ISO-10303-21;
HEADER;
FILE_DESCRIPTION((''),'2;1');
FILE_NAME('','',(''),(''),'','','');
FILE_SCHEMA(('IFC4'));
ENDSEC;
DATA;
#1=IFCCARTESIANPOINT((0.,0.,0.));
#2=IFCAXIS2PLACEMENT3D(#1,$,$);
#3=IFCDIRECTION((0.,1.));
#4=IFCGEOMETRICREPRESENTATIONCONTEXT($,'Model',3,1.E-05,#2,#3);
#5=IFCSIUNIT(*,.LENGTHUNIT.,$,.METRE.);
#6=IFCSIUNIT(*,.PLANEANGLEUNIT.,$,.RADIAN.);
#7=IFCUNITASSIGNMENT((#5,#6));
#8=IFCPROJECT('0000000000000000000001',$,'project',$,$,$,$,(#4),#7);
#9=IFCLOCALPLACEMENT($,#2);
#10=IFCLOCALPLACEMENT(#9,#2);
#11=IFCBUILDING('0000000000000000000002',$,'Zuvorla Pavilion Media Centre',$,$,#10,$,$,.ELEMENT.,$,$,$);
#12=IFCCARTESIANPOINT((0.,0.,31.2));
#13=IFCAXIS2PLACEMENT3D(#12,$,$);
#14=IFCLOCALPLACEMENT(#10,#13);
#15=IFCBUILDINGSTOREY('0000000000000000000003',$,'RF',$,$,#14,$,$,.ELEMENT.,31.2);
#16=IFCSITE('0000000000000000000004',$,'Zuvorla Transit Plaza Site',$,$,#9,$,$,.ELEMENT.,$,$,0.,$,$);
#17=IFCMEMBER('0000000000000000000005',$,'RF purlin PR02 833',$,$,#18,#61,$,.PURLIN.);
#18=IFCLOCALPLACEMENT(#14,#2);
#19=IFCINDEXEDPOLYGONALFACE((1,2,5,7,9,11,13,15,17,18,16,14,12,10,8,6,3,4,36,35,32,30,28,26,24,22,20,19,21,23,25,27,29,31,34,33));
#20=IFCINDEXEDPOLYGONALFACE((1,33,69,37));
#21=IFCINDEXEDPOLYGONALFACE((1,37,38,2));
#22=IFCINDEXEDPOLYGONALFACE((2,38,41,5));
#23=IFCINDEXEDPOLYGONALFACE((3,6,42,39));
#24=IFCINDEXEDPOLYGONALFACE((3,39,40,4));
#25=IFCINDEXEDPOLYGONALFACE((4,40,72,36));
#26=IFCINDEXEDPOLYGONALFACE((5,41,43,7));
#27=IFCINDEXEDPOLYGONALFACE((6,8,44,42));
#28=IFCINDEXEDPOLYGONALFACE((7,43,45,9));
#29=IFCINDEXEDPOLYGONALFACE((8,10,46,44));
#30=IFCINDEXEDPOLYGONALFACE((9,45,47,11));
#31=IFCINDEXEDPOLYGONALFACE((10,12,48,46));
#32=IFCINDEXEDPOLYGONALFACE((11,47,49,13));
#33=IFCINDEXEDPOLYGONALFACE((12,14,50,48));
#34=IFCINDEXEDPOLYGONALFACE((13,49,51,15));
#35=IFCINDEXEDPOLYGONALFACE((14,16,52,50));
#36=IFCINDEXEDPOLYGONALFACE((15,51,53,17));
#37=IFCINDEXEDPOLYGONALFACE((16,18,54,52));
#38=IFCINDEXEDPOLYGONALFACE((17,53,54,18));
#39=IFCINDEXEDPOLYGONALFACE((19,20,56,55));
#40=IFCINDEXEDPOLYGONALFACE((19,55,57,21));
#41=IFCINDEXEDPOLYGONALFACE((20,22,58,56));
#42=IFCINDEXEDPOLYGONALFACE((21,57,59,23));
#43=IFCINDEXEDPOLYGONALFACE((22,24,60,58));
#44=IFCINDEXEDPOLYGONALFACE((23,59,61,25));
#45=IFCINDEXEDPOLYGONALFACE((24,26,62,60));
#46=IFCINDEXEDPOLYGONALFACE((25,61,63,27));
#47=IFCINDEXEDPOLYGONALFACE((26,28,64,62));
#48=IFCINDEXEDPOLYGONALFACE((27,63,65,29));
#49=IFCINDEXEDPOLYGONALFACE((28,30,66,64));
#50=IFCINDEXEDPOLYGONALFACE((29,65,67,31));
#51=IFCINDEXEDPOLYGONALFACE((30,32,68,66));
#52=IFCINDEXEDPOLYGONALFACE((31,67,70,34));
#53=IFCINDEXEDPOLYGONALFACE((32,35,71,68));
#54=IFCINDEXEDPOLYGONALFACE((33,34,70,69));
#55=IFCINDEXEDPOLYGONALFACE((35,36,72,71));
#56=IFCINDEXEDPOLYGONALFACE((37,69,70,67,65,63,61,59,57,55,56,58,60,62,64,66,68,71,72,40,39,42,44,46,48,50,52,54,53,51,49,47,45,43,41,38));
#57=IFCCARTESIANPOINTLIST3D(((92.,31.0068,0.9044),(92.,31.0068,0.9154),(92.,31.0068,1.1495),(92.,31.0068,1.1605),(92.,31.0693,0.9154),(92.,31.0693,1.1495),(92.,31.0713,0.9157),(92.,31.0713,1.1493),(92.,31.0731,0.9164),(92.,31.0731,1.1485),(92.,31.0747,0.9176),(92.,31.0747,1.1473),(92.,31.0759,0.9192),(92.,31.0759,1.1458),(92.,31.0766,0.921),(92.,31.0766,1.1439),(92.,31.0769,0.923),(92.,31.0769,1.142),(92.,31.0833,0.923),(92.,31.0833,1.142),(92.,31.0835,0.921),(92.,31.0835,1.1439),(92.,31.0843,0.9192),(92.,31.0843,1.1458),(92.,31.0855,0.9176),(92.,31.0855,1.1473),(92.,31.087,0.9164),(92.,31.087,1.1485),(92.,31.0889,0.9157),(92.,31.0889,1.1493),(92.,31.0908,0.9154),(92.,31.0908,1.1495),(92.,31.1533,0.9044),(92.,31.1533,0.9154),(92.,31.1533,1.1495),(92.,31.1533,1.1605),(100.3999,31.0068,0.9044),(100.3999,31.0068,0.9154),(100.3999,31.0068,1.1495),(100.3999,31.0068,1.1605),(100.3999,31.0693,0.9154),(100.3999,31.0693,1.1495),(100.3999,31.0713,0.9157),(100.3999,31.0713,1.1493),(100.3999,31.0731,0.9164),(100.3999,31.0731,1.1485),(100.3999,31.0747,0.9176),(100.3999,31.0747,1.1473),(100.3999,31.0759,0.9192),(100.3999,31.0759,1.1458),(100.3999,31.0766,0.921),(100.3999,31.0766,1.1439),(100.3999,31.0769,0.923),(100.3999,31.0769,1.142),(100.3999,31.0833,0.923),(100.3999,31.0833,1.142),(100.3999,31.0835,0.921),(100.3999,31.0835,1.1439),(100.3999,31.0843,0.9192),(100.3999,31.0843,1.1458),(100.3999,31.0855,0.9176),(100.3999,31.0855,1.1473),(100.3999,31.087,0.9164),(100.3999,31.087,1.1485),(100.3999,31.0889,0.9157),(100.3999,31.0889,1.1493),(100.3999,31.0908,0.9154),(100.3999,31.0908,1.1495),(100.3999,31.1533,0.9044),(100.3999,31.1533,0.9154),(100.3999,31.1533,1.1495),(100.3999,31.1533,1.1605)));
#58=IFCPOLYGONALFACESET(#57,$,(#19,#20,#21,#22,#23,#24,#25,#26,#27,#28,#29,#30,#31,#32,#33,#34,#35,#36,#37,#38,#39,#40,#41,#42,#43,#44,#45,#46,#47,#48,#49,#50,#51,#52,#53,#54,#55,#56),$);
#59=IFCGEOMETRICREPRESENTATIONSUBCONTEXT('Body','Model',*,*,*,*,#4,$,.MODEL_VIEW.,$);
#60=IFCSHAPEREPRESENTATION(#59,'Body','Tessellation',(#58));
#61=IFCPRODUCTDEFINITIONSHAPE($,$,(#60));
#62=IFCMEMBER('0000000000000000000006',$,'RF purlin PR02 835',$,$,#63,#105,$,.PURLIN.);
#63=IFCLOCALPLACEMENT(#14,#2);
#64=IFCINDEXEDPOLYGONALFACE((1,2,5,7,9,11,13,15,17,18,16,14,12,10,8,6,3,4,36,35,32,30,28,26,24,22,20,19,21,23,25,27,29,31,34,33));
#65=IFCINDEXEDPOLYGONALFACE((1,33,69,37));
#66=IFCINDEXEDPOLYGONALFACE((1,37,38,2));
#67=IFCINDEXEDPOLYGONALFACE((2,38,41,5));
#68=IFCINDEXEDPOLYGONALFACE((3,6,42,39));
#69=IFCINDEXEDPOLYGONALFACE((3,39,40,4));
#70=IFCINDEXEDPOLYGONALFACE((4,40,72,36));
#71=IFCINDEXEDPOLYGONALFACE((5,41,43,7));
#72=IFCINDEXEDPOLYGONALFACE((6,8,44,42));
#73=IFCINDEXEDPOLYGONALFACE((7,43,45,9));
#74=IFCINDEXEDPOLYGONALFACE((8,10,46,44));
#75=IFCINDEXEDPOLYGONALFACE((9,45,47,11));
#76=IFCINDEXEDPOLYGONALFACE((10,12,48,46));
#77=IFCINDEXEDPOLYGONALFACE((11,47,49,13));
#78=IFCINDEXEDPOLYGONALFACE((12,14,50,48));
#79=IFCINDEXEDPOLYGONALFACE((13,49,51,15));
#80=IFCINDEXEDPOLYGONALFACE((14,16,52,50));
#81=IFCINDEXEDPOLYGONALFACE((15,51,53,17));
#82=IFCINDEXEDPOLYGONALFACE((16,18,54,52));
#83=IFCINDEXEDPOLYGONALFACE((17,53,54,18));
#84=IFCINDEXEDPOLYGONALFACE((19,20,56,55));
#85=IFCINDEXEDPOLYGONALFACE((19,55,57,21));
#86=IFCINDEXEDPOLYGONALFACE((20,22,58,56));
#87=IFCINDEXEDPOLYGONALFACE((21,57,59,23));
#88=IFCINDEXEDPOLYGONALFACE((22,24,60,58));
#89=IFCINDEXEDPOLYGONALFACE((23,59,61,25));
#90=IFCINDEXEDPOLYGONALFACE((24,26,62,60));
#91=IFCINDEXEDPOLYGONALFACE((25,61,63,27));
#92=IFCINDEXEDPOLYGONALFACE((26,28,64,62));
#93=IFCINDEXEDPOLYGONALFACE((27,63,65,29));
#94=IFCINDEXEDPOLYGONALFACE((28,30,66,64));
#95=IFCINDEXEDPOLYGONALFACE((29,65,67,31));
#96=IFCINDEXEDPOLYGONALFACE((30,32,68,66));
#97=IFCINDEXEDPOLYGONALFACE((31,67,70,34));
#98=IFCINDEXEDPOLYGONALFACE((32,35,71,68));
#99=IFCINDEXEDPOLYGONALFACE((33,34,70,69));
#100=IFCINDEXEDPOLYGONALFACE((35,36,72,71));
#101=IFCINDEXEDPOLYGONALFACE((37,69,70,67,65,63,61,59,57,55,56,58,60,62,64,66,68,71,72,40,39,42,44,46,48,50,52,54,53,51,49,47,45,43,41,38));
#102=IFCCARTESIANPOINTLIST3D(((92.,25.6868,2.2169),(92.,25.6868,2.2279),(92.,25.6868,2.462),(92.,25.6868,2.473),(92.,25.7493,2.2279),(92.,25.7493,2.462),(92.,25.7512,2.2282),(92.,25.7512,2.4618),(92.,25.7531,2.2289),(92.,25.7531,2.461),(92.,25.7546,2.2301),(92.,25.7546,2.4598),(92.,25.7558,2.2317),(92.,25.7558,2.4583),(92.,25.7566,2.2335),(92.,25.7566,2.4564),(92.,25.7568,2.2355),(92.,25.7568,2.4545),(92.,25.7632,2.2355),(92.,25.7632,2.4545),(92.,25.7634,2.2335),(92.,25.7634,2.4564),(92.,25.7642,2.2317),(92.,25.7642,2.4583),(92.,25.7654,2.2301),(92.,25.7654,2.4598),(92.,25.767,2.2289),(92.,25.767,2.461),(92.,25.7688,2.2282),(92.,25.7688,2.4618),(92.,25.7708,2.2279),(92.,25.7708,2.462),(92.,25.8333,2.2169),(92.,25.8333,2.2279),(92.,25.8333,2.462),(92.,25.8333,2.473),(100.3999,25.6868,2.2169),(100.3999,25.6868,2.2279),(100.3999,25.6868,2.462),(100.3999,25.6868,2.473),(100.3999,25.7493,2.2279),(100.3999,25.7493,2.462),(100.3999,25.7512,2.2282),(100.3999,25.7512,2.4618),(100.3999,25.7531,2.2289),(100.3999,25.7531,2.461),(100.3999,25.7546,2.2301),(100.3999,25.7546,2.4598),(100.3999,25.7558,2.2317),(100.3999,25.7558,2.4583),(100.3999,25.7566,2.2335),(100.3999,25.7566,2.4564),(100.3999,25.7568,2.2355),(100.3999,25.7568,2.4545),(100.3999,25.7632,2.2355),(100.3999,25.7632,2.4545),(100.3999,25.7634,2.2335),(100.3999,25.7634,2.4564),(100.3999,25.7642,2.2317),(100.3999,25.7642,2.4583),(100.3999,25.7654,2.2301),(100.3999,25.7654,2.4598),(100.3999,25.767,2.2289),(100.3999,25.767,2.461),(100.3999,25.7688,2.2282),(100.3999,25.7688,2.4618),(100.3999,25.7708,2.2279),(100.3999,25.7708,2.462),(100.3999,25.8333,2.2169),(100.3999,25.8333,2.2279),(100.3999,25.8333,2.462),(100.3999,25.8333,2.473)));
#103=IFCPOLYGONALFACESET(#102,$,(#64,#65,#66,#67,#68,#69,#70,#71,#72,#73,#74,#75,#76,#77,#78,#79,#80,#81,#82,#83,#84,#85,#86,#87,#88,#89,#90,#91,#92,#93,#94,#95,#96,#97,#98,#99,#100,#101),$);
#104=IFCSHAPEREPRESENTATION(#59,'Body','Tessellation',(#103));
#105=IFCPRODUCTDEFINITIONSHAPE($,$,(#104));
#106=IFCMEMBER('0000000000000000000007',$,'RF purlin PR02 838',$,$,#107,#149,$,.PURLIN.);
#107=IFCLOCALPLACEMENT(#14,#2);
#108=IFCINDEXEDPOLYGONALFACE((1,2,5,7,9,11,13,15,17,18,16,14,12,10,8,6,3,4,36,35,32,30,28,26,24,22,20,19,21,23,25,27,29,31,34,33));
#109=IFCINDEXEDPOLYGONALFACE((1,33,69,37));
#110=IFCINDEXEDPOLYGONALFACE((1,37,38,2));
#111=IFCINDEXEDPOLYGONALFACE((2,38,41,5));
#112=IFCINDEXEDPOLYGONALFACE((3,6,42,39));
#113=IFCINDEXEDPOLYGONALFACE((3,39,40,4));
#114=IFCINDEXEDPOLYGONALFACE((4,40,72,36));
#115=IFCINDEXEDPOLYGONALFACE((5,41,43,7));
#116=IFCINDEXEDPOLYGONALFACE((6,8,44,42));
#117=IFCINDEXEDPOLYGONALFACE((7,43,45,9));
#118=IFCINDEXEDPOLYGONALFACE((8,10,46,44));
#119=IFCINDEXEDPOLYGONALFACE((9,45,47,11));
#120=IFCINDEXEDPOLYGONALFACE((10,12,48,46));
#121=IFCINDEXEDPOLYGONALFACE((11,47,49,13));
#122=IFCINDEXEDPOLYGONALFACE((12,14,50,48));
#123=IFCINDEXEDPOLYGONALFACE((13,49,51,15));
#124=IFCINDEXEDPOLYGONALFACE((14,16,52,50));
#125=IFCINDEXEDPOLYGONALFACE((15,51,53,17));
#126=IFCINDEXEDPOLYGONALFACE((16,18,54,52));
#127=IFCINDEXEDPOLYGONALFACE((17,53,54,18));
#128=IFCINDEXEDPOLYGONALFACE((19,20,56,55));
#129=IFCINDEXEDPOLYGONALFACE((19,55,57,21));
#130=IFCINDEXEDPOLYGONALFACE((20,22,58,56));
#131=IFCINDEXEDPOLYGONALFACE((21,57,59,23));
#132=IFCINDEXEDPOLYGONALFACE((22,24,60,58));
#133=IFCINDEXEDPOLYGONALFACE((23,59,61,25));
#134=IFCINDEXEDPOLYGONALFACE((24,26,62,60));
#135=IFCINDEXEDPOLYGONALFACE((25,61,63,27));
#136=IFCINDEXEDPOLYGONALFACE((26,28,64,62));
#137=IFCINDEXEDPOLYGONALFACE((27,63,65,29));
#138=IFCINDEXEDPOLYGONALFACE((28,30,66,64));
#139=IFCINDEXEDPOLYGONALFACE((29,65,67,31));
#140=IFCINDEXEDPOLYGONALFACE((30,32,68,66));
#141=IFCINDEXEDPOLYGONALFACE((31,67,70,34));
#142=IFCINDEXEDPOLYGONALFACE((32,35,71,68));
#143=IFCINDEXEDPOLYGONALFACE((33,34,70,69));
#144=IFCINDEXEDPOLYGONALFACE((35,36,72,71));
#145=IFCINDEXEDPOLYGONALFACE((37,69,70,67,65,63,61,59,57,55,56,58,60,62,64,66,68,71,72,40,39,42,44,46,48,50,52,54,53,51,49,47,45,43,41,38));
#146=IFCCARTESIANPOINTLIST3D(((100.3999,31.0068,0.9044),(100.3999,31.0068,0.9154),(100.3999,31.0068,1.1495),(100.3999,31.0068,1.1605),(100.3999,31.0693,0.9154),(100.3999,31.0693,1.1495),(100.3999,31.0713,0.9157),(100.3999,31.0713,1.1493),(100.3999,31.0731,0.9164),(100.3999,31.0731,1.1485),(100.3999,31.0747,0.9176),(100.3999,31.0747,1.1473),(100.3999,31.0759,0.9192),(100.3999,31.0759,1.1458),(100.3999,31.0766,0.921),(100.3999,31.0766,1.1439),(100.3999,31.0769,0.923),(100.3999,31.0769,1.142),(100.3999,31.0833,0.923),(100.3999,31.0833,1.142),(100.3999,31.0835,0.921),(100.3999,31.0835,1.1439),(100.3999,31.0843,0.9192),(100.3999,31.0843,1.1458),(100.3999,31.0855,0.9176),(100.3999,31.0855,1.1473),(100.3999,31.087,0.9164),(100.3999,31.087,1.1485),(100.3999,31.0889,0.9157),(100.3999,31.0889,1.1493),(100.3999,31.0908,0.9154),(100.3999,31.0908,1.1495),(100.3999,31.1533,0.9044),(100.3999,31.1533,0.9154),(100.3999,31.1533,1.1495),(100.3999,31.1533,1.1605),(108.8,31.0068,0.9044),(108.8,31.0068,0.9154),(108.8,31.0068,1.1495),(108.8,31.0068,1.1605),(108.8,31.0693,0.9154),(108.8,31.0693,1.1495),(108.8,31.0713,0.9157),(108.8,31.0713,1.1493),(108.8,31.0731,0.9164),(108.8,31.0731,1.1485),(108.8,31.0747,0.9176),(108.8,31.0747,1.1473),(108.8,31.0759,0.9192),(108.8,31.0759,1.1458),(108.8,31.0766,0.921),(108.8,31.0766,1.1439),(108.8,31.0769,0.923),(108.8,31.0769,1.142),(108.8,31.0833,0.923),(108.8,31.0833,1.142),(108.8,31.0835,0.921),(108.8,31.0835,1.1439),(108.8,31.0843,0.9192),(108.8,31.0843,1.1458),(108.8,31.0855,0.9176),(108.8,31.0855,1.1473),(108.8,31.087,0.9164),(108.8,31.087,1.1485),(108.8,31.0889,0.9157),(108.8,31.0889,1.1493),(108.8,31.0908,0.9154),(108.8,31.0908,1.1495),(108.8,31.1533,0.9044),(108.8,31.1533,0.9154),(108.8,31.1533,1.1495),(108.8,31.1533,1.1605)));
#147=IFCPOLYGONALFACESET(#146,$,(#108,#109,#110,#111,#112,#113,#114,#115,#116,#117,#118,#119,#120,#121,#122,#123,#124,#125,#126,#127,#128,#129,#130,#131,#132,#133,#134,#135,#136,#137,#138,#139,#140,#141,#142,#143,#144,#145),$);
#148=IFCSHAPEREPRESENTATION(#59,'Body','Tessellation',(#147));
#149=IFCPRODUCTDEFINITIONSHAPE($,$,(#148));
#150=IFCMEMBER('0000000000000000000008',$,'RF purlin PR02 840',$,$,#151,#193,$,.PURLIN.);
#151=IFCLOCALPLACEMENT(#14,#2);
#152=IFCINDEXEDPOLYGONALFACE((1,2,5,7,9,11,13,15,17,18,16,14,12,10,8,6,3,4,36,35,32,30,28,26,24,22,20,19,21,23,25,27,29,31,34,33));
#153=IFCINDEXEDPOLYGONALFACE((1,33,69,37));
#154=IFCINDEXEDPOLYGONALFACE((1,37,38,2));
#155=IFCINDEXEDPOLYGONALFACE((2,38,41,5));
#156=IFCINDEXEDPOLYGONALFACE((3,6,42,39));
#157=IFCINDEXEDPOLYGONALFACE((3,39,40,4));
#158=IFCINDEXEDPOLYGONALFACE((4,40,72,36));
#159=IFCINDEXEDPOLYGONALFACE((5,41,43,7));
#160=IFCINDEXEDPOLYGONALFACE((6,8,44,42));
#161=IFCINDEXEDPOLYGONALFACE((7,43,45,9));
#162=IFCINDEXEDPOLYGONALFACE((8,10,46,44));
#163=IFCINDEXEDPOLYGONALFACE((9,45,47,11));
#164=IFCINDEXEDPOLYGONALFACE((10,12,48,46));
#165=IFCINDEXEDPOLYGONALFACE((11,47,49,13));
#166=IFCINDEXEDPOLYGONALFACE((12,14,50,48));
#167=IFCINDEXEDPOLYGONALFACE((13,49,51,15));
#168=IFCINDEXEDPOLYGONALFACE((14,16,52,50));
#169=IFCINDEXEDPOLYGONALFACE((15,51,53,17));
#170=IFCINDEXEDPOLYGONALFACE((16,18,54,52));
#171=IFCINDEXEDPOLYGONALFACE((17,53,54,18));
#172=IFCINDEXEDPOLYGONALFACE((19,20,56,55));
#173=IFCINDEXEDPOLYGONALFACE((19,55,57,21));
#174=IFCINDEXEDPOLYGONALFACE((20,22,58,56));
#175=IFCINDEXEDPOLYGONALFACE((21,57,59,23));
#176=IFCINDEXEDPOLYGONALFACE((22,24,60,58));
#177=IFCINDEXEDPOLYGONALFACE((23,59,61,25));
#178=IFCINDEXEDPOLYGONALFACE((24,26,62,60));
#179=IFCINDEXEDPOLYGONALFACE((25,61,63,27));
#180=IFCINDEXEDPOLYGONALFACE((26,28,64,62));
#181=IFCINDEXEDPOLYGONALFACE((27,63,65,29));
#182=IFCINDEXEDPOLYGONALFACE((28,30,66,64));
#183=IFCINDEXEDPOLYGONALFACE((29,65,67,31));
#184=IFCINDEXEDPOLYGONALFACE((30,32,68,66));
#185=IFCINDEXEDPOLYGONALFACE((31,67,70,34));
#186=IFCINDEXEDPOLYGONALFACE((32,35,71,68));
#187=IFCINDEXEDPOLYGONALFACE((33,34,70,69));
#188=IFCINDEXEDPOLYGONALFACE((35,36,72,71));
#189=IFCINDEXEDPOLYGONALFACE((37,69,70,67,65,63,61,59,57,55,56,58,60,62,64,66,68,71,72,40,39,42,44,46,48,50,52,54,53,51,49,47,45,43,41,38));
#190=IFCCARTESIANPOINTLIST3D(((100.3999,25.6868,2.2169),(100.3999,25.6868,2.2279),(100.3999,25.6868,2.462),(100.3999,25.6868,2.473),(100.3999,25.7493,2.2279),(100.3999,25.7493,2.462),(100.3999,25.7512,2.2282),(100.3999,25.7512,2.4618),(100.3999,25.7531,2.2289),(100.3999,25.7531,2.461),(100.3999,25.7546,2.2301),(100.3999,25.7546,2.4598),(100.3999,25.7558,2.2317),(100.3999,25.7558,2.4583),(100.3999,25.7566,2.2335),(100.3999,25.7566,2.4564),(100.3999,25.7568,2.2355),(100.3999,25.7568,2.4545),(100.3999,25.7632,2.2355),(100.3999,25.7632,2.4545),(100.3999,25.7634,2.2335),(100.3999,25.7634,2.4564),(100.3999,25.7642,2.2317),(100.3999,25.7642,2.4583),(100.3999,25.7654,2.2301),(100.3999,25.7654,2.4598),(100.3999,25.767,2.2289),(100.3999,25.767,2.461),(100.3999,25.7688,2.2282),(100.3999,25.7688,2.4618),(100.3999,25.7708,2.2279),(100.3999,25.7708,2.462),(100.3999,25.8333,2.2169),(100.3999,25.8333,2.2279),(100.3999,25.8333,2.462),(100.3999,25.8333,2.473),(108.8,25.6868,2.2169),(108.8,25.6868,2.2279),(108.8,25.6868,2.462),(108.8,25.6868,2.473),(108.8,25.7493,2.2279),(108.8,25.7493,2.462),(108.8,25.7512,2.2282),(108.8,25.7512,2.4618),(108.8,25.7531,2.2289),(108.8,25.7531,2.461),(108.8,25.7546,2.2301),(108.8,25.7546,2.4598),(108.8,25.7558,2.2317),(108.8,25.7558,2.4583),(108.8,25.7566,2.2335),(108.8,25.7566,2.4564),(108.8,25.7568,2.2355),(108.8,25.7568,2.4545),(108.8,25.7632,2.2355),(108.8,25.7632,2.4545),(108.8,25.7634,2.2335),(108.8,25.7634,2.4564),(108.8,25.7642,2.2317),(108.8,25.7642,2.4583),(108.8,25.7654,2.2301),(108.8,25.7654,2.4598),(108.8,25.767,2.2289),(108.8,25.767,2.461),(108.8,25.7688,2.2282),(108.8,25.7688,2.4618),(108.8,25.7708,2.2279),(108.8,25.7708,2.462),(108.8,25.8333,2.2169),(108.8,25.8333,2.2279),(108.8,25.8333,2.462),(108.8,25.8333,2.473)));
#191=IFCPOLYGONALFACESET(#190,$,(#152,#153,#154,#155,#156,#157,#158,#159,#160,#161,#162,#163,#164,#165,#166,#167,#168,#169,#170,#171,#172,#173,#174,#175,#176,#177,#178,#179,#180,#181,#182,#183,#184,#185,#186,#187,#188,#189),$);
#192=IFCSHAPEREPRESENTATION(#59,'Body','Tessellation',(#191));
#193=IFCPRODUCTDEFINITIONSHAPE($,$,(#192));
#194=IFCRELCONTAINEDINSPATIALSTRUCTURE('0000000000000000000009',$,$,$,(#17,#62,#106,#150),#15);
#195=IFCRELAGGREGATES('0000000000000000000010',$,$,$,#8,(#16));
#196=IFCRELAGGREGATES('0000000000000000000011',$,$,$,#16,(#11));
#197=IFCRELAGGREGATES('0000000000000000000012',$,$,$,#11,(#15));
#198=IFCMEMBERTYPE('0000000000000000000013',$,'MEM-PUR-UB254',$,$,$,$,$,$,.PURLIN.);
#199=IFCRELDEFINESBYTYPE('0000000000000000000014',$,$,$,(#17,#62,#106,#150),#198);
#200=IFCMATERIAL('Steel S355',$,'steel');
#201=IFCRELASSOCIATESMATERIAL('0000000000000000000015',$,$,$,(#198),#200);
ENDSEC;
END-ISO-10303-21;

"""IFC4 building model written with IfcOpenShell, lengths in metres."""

from ifc_helpers import new_model, si_unit, direction, frame, origin, origin_2d, place, context, subcontext, project, spatial, i_section, extrude, material, material_profile, profile_set, type_object, element, save


model = new_model("IFC4")

# Units and contexts
model_context = context("Model", 3, precision=1e-05, world=origin(), true_north=direction((0.0, 1.0)))
body_context = subcontext(model_context, "Body", "Model", "MODEL_VIEW")
ifc_project = project(units=[si_unit("LENGTHUNIT", "METRE"), si_unit("PLANEANGLEUNIT", "RADIAN")], contexts=[model_context])

# Site, building, storey
site_placement = place(None, origin())
site = spatial("IfcSite", under=ifc_project, at=site_placement, Name="Zuvorla Transit Plaza Site", CompositionType="ELEMENT", RefElevation=0.0)
building_placement = place(site_placement, origin())
building = spatial("IfcBuilding", under=site, at=building_placement, Name="Zuvorla Pavilion Media Centre", CompositionType="ELEMENT")
storey_placement = place(building_placement, frame((0.0, 0.0, 31.2)))
storey = spatial("IfcBuildingStorey", under=building, at=storey_placement, Name="RF", CompositionType="ELEMENT", Elevation=31.2)

# Shared definitions
ifc_material_1 = material(Name="Steel S355", Category="steel")

# Members
ifc_material_profile_1 = material_profile(ifc_material_1, i_section(OverallWidth=0.1465, OverallDepth=0.2561, WebThickness=0.0063, FlangeThickness=0.011, FilletRadius=0.0076, at=origin_2d()), Name="UB 254x146x37")
ifc_profile_set_1 = profile_set([ifc_material_profile_1], Name="Steel S355")
member_type_1 = type_object("IfcMemberType", Name="MEM-PUR-UB254", PredefinedType="PURLIN", material=ifc_profile_set_1)
for number, where, z_axis, x_axis, name in (
    (1, (92.0, 31.0801, 1.0325), (1.0, 0.0, 0.0), (0.0, 1.0, 0.0), "RF purlin PR02 833"),
    (2, (92.0, 25.76, 2.345), (1.0, 0.0, 0.0), (0.0, 1.0, 0.0), "RF purlin PR02 835"),
):
    element("IfcMember", number, at=place(storey_placement, frame(where, z_axis=z_axis, x_axis=x_axis)), inside=storey, type_object=member_type_1, Name=name, PredefinedType="PURLIN", context=body_context, shape_type="SweptSolid", body=[
        extrude(i_section(OverallWidth=0.1465, OverallDepth=0.2561, WebThickness=0.0063, FlangeThickness=0.011, FilletRadius=0.0076, at=origin_2d()), origin(), (0.0, 0.0, 1.0), 8.3999),
    ])
for number, where, z_axis, x_axis, name in (
    (3, (100.3999, 31.0801, 1.0325), (1.0, 0.0, 0.0), (0.0, 1.0, 0.0), "RF purlin PR02 838"),
    (4, (100.3999, 25.76, 2.345), (1.0, 0.0, 0.0), (0.0, 1.0, 0.0), "RF purlin PR02 840"),
):
    element("IfcMember", number, at=place(storey_placement, frame(where, z_axis=z_axis, x_axis=x_axis)), inside=storey, type_object=member_type_1, Name=name, PredefinedType="PURLIN", context=body_context, shape_type="SweptSolid", body=[
        extrude(i_section(OverallWidth=0.1465, OverallDepth=0.2561, WebThickness=0.0063, FlangeThickness=0.011, FilletRadius=0.0076, at=origin_2d()), origin(), (0.0, 0.0, 1.0), 8.4001),
    ])

save(model, "model.ifc")
